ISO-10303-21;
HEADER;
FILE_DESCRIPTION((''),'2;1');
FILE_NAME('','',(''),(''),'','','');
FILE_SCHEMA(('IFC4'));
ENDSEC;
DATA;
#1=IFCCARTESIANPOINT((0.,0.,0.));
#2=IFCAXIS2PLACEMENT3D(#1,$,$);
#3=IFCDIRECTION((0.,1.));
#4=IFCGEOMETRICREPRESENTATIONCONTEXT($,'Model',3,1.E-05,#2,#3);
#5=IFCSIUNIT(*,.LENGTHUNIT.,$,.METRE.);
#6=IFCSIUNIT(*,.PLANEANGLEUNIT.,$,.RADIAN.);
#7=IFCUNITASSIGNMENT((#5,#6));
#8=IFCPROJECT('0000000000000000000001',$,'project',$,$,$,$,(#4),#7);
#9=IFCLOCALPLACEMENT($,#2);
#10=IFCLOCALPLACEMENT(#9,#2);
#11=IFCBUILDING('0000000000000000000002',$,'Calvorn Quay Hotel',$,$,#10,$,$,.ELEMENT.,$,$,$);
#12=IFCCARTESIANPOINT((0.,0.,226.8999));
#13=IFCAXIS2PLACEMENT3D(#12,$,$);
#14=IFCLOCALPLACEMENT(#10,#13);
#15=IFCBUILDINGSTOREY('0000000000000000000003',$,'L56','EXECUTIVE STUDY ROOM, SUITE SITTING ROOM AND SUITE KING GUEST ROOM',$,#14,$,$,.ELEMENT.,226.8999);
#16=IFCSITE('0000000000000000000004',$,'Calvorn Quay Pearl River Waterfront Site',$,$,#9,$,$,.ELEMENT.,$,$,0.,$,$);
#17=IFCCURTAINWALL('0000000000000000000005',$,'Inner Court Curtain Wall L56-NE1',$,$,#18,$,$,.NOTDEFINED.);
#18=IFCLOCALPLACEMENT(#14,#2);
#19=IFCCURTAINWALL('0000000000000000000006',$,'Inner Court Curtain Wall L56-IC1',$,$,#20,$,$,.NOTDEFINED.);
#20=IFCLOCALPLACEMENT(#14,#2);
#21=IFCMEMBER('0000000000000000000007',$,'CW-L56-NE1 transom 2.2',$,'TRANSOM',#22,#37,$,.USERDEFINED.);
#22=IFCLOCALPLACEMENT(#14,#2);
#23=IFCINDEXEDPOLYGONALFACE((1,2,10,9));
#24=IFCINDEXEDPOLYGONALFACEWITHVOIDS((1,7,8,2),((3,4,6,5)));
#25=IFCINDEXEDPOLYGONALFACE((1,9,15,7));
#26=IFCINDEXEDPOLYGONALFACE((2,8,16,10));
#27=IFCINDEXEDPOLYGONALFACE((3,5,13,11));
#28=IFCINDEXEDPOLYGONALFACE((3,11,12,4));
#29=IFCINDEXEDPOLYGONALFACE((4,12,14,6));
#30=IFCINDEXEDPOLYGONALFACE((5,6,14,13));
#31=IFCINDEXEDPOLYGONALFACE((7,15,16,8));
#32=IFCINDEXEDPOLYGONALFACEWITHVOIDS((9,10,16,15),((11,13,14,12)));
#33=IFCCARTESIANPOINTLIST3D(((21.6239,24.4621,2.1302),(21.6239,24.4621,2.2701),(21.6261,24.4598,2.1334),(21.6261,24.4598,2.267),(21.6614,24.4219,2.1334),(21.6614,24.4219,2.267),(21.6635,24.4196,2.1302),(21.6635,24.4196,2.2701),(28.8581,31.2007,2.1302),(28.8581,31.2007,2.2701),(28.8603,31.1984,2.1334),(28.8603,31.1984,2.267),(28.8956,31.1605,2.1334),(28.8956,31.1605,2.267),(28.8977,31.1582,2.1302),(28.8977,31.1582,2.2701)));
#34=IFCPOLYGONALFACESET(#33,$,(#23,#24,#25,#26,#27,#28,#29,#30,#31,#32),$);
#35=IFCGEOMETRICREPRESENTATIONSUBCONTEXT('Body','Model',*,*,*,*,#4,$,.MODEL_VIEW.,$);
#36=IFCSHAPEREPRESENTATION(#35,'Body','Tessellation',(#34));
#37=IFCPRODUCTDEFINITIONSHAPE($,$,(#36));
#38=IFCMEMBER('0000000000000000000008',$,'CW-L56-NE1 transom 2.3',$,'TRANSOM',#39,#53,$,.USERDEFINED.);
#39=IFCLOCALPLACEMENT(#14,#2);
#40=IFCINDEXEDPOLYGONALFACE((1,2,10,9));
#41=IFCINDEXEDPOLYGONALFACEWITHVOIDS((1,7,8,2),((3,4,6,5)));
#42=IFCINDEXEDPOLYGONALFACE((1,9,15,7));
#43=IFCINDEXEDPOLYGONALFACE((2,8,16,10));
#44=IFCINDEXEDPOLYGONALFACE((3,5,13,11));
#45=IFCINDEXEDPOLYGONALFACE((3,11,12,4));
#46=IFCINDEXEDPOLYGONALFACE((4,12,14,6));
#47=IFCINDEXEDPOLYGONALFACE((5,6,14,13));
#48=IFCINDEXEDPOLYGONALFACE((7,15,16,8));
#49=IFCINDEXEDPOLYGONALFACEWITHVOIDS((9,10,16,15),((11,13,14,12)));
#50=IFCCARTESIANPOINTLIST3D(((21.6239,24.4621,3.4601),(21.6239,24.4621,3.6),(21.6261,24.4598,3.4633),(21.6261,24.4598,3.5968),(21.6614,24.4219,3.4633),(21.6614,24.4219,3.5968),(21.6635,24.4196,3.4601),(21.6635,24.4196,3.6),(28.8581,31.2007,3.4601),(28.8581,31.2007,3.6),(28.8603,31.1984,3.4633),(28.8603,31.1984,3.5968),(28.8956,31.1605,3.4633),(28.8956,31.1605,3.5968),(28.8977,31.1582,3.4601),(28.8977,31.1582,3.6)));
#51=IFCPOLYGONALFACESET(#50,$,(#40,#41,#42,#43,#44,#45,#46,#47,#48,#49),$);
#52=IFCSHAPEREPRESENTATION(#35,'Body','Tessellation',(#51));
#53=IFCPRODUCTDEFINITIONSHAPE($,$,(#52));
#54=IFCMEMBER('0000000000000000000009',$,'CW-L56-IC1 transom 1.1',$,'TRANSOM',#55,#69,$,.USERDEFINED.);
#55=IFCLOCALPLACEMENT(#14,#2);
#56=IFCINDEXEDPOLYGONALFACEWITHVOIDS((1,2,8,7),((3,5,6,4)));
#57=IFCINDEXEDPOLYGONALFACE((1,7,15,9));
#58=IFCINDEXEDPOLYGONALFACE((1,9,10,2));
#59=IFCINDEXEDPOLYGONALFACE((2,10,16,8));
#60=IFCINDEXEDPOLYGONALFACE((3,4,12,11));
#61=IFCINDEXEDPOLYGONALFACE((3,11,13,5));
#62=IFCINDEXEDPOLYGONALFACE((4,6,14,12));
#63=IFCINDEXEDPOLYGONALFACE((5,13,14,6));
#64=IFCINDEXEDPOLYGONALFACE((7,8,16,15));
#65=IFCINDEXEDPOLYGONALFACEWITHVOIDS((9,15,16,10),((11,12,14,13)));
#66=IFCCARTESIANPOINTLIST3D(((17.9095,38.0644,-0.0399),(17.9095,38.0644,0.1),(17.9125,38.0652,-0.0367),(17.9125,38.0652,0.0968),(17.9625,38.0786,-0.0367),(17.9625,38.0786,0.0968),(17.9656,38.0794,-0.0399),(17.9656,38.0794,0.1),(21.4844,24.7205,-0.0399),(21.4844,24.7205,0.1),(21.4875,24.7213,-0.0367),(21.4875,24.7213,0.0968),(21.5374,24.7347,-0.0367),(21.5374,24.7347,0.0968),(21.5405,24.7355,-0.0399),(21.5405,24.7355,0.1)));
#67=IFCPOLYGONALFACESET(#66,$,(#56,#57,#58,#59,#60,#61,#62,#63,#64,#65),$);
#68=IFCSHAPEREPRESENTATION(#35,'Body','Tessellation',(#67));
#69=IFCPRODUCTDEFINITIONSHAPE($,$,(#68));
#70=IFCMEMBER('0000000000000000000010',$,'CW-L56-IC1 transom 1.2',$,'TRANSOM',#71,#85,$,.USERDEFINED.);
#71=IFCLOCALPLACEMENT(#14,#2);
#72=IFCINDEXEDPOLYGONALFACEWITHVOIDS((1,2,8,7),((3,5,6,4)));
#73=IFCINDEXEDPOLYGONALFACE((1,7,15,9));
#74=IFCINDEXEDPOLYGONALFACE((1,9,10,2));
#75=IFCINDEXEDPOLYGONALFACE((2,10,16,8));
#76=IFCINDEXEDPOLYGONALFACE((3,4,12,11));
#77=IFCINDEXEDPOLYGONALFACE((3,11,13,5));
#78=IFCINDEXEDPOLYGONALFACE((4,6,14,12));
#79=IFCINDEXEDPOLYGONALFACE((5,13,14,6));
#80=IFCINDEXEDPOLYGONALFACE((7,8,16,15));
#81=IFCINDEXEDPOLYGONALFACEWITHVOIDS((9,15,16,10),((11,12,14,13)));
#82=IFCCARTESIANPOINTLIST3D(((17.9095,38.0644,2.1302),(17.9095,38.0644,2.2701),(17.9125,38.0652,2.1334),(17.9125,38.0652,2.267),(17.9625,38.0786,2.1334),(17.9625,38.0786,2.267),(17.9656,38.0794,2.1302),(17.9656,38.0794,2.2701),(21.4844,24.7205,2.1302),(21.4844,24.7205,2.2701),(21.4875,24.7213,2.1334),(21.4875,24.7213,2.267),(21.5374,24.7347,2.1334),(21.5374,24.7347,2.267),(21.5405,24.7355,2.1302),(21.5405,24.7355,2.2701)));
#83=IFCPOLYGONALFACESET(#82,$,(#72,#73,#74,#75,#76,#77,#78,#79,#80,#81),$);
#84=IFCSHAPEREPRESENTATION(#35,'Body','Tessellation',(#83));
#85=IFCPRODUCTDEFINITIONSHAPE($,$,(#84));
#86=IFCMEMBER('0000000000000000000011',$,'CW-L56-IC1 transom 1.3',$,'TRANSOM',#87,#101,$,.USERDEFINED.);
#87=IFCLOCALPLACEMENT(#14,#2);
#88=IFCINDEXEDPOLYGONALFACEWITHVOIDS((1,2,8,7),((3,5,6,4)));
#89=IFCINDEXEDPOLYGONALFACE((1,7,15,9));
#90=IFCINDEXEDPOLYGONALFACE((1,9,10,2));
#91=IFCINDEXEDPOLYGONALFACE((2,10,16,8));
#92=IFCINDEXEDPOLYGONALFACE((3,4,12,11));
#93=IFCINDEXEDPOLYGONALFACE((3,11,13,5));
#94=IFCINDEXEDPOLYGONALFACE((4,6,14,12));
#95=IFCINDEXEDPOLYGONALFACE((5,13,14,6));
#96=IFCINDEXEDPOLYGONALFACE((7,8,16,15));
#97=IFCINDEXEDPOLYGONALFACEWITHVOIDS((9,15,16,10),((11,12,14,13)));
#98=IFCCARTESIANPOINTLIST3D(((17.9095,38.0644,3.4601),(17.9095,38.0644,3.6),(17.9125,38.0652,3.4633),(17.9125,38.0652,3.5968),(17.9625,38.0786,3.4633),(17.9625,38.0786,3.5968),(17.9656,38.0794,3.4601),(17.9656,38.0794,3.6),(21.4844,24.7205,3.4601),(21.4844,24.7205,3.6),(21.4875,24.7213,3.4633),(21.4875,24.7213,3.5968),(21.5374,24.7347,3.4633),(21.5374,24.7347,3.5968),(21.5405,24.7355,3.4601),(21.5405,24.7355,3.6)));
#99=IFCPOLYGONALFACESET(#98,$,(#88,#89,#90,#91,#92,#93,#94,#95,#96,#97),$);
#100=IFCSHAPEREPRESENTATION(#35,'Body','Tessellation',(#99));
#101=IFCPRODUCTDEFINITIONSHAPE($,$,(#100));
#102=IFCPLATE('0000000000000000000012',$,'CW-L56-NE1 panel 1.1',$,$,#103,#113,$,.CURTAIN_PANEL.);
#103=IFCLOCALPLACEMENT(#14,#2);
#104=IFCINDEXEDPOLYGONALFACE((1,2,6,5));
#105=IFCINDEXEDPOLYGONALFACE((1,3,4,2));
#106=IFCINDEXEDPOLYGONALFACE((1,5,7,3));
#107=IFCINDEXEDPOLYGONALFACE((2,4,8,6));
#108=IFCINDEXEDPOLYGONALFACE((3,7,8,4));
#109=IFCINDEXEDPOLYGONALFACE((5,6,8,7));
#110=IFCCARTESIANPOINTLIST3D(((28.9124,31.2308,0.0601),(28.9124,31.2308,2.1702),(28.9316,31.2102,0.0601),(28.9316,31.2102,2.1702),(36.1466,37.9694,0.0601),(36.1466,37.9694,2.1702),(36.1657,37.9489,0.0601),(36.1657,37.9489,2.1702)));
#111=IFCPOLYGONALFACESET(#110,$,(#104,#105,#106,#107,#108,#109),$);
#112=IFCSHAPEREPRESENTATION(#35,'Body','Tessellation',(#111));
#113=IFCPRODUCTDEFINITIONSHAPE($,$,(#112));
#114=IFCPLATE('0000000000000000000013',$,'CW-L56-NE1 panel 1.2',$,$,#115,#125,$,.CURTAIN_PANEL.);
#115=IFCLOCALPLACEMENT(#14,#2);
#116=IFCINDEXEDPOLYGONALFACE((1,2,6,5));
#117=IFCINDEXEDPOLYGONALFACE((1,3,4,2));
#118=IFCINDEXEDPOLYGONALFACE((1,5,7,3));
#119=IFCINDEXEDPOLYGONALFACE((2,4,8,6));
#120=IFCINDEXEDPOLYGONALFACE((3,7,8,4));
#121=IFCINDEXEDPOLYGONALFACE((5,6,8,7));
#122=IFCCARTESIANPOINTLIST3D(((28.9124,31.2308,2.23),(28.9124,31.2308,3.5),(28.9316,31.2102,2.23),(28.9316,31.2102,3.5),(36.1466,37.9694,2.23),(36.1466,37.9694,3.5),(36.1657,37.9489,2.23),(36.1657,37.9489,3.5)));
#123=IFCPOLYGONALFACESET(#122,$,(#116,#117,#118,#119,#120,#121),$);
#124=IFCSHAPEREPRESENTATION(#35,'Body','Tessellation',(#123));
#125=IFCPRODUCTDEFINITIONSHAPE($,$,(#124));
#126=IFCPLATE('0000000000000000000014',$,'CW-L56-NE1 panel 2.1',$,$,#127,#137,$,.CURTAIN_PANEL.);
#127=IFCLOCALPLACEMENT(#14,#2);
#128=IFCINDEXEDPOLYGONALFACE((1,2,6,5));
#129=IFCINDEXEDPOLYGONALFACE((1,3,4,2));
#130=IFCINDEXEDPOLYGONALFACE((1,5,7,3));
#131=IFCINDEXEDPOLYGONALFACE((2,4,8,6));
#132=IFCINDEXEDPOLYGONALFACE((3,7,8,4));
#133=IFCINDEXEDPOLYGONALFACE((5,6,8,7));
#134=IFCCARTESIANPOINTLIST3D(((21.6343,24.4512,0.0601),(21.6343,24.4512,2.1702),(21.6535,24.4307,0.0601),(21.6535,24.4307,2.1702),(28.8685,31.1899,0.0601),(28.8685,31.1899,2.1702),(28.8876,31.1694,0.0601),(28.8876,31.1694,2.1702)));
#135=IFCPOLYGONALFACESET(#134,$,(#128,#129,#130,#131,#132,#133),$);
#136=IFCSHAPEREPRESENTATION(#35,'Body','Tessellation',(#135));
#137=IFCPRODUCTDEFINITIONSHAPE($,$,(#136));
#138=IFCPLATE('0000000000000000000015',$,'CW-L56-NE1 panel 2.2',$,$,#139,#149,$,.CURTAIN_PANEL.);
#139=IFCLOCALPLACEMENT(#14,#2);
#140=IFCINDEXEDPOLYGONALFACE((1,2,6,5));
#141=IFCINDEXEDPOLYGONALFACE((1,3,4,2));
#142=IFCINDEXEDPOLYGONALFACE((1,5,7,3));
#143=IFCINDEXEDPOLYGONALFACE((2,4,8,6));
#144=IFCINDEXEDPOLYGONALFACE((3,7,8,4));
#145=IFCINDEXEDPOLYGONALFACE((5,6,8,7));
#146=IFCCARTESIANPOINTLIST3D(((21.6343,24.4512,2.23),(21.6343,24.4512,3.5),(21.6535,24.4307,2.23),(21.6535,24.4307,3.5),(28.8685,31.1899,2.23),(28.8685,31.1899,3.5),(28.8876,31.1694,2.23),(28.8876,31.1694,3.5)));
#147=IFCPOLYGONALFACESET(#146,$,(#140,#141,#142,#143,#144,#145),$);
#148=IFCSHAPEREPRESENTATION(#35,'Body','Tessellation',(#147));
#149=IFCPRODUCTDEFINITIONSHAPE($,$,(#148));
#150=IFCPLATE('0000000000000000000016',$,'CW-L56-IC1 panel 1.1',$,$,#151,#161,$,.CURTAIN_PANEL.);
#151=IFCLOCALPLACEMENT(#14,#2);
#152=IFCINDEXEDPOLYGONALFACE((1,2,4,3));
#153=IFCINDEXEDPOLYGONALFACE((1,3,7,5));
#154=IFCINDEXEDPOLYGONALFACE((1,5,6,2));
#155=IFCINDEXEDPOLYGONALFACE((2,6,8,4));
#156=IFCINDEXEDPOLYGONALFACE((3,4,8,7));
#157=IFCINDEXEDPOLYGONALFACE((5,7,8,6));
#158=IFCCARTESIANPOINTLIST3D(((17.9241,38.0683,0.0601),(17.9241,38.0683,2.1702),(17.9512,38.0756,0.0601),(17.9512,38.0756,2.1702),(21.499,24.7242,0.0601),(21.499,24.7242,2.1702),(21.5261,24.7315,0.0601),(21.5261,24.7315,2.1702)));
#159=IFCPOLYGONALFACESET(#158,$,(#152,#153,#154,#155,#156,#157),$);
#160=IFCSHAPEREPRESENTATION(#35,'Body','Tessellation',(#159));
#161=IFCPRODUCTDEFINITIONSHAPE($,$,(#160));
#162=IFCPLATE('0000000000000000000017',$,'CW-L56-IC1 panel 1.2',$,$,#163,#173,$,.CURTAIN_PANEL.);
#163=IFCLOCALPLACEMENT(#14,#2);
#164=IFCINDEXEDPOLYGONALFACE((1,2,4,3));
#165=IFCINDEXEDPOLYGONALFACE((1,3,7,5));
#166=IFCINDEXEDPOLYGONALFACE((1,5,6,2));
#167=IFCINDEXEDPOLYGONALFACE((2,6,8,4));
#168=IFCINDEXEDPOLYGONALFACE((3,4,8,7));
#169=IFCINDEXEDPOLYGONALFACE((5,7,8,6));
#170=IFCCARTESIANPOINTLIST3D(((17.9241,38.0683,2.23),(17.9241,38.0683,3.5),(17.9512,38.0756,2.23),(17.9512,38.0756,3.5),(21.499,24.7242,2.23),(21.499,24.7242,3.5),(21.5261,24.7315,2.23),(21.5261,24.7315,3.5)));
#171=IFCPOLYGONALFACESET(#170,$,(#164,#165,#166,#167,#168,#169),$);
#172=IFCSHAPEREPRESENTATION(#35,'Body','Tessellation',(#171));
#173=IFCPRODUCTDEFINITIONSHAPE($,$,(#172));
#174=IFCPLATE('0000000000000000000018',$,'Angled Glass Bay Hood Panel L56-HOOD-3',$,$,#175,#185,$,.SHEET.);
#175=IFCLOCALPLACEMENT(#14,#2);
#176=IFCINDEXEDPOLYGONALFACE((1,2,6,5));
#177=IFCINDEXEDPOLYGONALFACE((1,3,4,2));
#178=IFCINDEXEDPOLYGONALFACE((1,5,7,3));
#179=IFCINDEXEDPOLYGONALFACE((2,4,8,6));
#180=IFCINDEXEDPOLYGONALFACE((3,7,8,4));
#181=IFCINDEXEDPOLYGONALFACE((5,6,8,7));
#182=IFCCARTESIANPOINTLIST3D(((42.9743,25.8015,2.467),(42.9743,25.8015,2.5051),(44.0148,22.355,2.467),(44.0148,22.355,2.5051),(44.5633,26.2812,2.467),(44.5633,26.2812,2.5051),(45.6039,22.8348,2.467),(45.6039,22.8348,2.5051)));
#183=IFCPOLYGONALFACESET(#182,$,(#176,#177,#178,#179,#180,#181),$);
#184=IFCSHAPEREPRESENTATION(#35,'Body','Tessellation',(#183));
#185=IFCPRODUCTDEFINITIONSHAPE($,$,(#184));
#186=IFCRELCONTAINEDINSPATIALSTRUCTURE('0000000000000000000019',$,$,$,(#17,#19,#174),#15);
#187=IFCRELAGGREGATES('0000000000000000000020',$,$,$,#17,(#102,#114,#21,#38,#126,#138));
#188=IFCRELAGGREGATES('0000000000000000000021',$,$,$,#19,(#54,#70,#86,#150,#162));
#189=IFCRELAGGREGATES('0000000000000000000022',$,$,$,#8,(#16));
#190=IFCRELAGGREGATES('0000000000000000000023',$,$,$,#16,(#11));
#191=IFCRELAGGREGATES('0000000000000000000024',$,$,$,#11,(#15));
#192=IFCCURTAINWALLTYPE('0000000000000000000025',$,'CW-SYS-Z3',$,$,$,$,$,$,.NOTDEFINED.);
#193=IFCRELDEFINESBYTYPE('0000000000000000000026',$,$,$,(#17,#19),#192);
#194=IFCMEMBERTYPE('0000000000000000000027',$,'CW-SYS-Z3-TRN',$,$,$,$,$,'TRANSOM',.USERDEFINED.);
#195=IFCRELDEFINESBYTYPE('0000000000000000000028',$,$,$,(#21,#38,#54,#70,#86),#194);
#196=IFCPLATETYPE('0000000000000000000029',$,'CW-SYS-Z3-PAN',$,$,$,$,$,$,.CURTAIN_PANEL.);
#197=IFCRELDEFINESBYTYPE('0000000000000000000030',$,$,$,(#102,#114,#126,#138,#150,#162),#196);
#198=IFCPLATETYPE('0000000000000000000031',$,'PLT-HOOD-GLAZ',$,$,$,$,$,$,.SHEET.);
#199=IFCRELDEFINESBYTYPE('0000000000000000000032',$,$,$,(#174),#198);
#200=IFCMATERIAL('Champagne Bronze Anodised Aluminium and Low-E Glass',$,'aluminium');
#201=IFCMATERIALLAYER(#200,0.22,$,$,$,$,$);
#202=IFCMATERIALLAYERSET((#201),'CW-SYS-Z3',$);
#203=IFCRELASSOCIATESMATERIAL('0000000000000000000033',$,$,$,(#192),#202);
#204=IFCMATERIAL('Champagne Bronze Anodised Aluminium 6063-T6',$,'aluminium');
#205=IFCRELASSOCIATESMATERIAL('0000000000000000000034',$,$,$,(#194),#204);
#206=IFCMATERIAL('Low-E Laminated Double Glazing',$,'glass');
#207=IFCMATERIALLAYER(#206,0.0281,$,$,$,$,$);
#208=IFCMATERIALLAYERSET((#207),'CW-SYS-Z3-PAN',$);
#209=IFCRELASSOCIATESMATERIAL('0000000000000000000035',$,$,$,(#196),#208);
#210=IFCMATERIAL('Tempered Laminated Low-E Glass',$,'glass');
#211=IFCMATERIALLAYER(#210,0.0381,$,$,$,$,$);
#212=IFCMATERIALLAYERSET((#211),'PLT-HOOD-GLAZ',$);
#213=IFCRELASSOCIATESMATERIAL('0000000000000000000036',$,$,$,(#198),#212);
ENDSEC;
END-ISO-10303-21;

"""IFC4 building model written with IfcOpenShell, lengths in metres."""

from ifc_helpers import new_model, si_unit, direction, frame, origin, origin_2d, place, context, subcontext, project, spatial, rectangle, hollow_rectangle, extrude, material, layer, layer_set, material_profile, profile_set, type_object, element, aggregate, save


model = new_model("IFC4")

# Units and contexts
model_context = context("Model", 3, precision=1e-05, world=origin(), true_north=direction((0.0, 1.0)))
body_context = subcontext(model_context, "Body", "Model", "MODEL_VIEW")
ifc_project = project(units=[si_unit("LENGTHUNIT", "METRE"), si_unit("PLANEANGLEUNIT", "RADIAN")], contexts=[model_context])

# Site, building, storey
site_placement = place(None, origin())
site = spatial("IfcSite", under=ifc_project, at=site_placement, Name="Calvorn Quay Pearl River Waterfront Site", CompositionType="ELEMENT", RefElevation=0.0)
building_placement = place(site_placement, origin())
building = spatial("IfcBuilding", under=site, at=building_placement, Name="Calvorn Quay Hotel", CompositionType="ELEMENT")
storey_placement = place(building_placement, frame((0.0, 0.0, 226.8999)))
storey = spatial("IfcBuildingStorey", under=building, at=storey_placement, Name="L56", Description="EXECUTIVE STUDY ROOM, SUITE SITTING ROOM AND SUITE KING GUEST ROOM", CompositionType="ELEMENT", Elevation=226.8999)

# Curtain wall
ifc_material_1 = material(Name="Champagne Bronze Anodised Aluminium and Low-E Glass", Category="aluminium")
ifc_layer_1 = layer(ifc_material_1, 0.22)
ifc_layer_set_1 = layer_set([ifc_layer_1], Name="CW-SYS-Z3")
curtain_wall_type = type_object("IfcCurtainWallType", Name="CW-SYS-Z3", PredefinedType="NOTDEFINED", material=ifc_layer_set_1)
curtain_wall_1_placement = place(storey_placement, origin())
curtain_wall_1 = element("IfcCurtainWall", 1, at=curtain_wall_1_placement, inside=storey, type_object=curtain_wall_type, Name="Inner Court Curtain Wall L56-NE1", PredefinedType="NOTDEFINED")

# Curtain wall
curtain_wall_2_placement = place(storey_placement, origin())
curtain_wall_2 = element("IfcCurtainWall", 2, at=curtain_wall_2_placement, inside=storey, type_object=curtain_wall_type, Name="Inner Court Curtain Wall L56-IC1", PredefinedType="NOTDEFINED")

# Members
ifc_material_2 = material(Name="Champagne Bronze Anodised Aluminium 6063-T6", Category="aluminium")
ifc_material_profile_1 = material_profile(ifc_material_2, hollow_rectangle(XDim=0.0581, YDim=0.1399, WallThickness=0.0032, at=origin_2d()), Name="ALU-T140x58x3.2")
ifc_profile_set_1 = profile_set([ifc_material_profile_1], Name="Champagne Bronze Anodised Aluminium 6063-T6")
member_type_1 = type_object("IfcMemberType", Name="CW-SYS-Z3-TRN", ElementType="TRANSOM", PredefinedType="USERDEFINED", material=ifc_profile_set_1)
member_1_placement = place(storey_placement, frame((28.8779, 31.1794, 2.2002), z_axis=(-0.731727, -0.681597, 0.0), x_axis=(0.681597, -0.731727, 0.0)))
member_1 = element("IfcMember", 3, at=member_1_placement, type_object=member_type_1, Name="CW-L56-NE1 transom 2.2", ObjectType="TRANSOM", PredefinedType="USERDEFINED", context=body_context, shape_type="SweptSolid", body=[
    extrude(hollow_rectangle(XDim=0.0581, YDim=0.1399, WallThickness=0.0032, at=origin_2d()), origin(), (0.0, 0.0, 1.0), 9.8865),
])
member_2_placement = place(storey_placement, frame((28.8779, 31.1794, 3.53), z_axis=(-0.731727, -0.681597, 0.0), x_axis=(0.681597, -0.731727, 0.0)))
member_2 = element("IfcMember", 4, at=member_2_placement, type_object=member_type_1, Name="CW-L56-NE1 transom 2.3", ObjectType="TRANSOM", PredefinedType="USERDEFINED", context=body_context, shape_type="SweptSolid", body=[
    extrude(hollow_rectangle(XDim=0.0581, YDim=0.1399, WallThickness=0.0032, at=origin_2d()), origin(), (0.0, 0.0, 1.0), 9.8865),
])
member_3_placement = place(storey_placement, frame((21.5125, 24.728, 0.03), z_axis=(-0.258781, 0.965936, 0.0), x_axis=(-0.965936, -0.258781, 0.0)))
member_3 = element("IfcMember", 5, at=member_3_placement, type_object=member_type_1, Name="CW-L56-IC1 transom 1.1", ObjectType="TRANSOM", PredefinedType="USERDEFINED", context=body_context, shape_type="SweptSolid", body=[
    extrude(hollow_rectangle(XDim=0.0581, YDim=0.1399, WallThickness=0.0032, at=origin_2d()), origin(), (0.0, 0.0, 1.0), 13.8145),
])
member_4_placement = place(storey_placement, frame((21.5125, 24.728, 2.2002), z_axis=(-0.258781, 0.965936, 0.0), x_axis=(-0.965936, -0.258781, 0.0)))
member_4 = element("IfcMember", 6, at=member_4_placement, type_object=member_type_1, Name="CW-L56-IC1 transom 1.2", ObjectType="TRANSOM", PredefinedType="USERDEFINED", context=body_context, shape_type="SweptSolid", body=[
    extrude(hollow_rectangle(XDim=0.0581, YDim=0.1399, WallThickness=0.0032, at=origin_2d()), origin(), (0.0, 0.0, 1.0), 13.8145),
])
member_5_placement = place(storey_placement, frame((21.5125, 24.728, 3.53), z_axis=(-0.258781, 0.965936, 0.0), x_axis=(-0.965936, -0.258781, 0.0)))
member_5 = element("IfcMember", 7, at=member_5_placement, type_object=member_type_1, Name="CW-L56-IC1 transom 1.3", ObjectType="TRANSOM", PredefinedType="USERDEFINED", context=body_context, shape_type="SweptSolid", body=[
    extrude(hollow_rectangle(XDim=0.0581, YDim=0.1399, WallThickness=0.0032, at=origin_2d()), origin(), (0.0, 0.0, 1.0), 13.8145),
])

# Plates
ifc_material_3 = material(Name="Low-E Laminated Double Glazing", Category="glass")
ifc_layer_2 = layer(ifc_material_3, 0.0281)
ifc_layer_set_2 = layer_set([ifc_layer_2], Name="CW-SYS-Z3-PAN")
plate_type_1 = type_object("IfcPlateType", Name="CW-SYS-Z3-PAN", PredefinedType="CURTAIN_PANEL", material=ifc_layer_set_2)
plate_1_placement = place(storey_placement, frame((32.5391, 34.5898, 0.0601), z_axis=(0.0, 0.0, 1.0), x_axis=(-0.731722, -0.681604, 0.0)))
plate_1 = element("IfcPlate", 8, at=plate_1_placement, type_object=plate_type_1, Name="CW-L56-NE1 panel 1.1", PredefinedType="CURTAIN_PANEL", context=body_context, shape_type="SweptSolid", body=[
    extrude(rectangle(XDim=9.8865, YDim=0.0281, at=origin_2d()), origin(), (0.0, 0.0, 1.0), 2.1101),
])
plate_2_placement = place(storey_placement, frame((32.5391, 34.5898, 2.23), z_axis=(0.0, 0.0, 1.0), x_axis=(-0.731722, -0.681604, 0.0)))
plate_2 = element("IfcPlate", 9, at=plate_2_placement, type_object=plate_type_1, Name="CW-L56-NE1 panel 1.2", PredefinedType="CURTAIN_PANEL", context=body_context, shape_type="SweptSolid", body=[
    extrude(rectangle(XDim=9.8865, YDim=0.0281, at=origin_2d()), origin(), (0.0, 0.0, 1.0), 1.27),
])
plate_3_placement = place(storey_placement, frame((25.261, 27.8103, 0.0601), z_axis=(0.0, 0.0, 1.0), x_axis=(-0.731722, -0.681604, 0.0)))
plate_3 = element("IfcPlate", 10, at=plate_3_placement, type_object=plate_type_1, Name="CW-L56-NE1 panel 2.1", PredefinedType="CURTAIN_PANEL", context=body_context, shape_type="SweptSolid", body=[
    extrude(rectangle(XDim=9.8865, YDim=0.0281, at=origin_2d()), origin(), (0.0, 0.0, 1.0), 2.1101),
])
plate_4_placement = place(storey_placement, frame((25.261, 27.8103, 2.23), z_axis=(0.0, 0.0, 1.0), x_axis=(-0.731722, -0.681604, 0.0)))
plate_4 = element("IfcPlate", 11, at=plate_4_placement, type_object=plate_type_1, Name="CW-L56-NE1 panel 2.2", PredefinedType="CURTAIN_PANEL", context=body_context, shape_type="SweptSolid", body=[
    extrude(rectangle(XDim=9.8865, YDim=0.0281, at=origin_2d()), origin(), (0.0, 0.0, 1.0), 1.27),
])
aggregate(curtain_wall_1, [plate_1, plate_2, member_1, member_2, plate_3, plate_4])
plate_5_placement = place(storey_placement, frame((19.7251, 31.3999, 0.0601), z_axis=(0.0, 0.0, 1.0), x_axis=(-0.258779, 0.965937, 0.0)))
plate_5 = element("IfcPlate", 12, at=plate_5_placement, type_object=plate_type_1, Name="CW-L56-IC1 panel 1.1", PredefinedType="CURTAIN_PANEL", context=body_context, shape_type="SweptSolid", body=[
    extrude(rectangle(XDim=13.8147, YDim=0.0281, at=origin_2d()), origin(), (0.0, 0.0, 1.0), 2.1101),
])
plate_6_placement = place(storey_placement, frame((19.7251, 31.3999, 2.23), z_axis=(0.0, 0.0, 1.0), x_axis=(-0.258779, 0.965937, 0.0)))
plate_6 = element("IfcPlate", 13, at=plate_6_placement, type_object=plate_type_1, Name="CW-L56-IC1 panel 1.2", PredefinedType="CURTAIN_PANEL", context=body_context, shape_type="SweptSolid", body=[
    extrude(rectangle(XDim=13.8147, YDim=0.0281, at=origin_2d()), origin(), (0.0, 0.0, 1.0), 1.27),
])
aggregate(curtain_wall_2, [member_3, member_4, member_5, plate_5, plate_6])
ifc_material_4 = material(Name="Tempered Laminated Low-E Glass", Category="glass")
ifc_layer_3 = layer(ifc_material_4, 0.0381)
ifc_layer_set_3 = layer_set([ifc_layer_3], Name="PLT-HOOD-GLAZ")
plate_type_2 = type_object("IfcPlateType", Name="PLT-HOOD-GLAZ", PredefinedType="SHEET", material=ifc_layer_set_3)
plate_7_placement = place(storey_placement, frame((44.2891, 24.3181, 2.467), z_axis=(0.0, 0.0, 1.0), x_axis=(0.957319, 0.289032, 0.0)))
element("IfcPlate", 14, at=plate_7_placement, inside=storey, type_object=plate_type_2, Name="Angled Glass Bay Hood Panel L56-HOOD-3", PredefinedType="SHEET", context=body_context, shape_type="SweptSolid", body=[
    extrude(rectangle(XDim=1.6599, YDim=3.6001, at=origin_2d()), origin(), (0.0, 0.0, 1.0), 0.0381),
])

save(model, "model.ifc")
